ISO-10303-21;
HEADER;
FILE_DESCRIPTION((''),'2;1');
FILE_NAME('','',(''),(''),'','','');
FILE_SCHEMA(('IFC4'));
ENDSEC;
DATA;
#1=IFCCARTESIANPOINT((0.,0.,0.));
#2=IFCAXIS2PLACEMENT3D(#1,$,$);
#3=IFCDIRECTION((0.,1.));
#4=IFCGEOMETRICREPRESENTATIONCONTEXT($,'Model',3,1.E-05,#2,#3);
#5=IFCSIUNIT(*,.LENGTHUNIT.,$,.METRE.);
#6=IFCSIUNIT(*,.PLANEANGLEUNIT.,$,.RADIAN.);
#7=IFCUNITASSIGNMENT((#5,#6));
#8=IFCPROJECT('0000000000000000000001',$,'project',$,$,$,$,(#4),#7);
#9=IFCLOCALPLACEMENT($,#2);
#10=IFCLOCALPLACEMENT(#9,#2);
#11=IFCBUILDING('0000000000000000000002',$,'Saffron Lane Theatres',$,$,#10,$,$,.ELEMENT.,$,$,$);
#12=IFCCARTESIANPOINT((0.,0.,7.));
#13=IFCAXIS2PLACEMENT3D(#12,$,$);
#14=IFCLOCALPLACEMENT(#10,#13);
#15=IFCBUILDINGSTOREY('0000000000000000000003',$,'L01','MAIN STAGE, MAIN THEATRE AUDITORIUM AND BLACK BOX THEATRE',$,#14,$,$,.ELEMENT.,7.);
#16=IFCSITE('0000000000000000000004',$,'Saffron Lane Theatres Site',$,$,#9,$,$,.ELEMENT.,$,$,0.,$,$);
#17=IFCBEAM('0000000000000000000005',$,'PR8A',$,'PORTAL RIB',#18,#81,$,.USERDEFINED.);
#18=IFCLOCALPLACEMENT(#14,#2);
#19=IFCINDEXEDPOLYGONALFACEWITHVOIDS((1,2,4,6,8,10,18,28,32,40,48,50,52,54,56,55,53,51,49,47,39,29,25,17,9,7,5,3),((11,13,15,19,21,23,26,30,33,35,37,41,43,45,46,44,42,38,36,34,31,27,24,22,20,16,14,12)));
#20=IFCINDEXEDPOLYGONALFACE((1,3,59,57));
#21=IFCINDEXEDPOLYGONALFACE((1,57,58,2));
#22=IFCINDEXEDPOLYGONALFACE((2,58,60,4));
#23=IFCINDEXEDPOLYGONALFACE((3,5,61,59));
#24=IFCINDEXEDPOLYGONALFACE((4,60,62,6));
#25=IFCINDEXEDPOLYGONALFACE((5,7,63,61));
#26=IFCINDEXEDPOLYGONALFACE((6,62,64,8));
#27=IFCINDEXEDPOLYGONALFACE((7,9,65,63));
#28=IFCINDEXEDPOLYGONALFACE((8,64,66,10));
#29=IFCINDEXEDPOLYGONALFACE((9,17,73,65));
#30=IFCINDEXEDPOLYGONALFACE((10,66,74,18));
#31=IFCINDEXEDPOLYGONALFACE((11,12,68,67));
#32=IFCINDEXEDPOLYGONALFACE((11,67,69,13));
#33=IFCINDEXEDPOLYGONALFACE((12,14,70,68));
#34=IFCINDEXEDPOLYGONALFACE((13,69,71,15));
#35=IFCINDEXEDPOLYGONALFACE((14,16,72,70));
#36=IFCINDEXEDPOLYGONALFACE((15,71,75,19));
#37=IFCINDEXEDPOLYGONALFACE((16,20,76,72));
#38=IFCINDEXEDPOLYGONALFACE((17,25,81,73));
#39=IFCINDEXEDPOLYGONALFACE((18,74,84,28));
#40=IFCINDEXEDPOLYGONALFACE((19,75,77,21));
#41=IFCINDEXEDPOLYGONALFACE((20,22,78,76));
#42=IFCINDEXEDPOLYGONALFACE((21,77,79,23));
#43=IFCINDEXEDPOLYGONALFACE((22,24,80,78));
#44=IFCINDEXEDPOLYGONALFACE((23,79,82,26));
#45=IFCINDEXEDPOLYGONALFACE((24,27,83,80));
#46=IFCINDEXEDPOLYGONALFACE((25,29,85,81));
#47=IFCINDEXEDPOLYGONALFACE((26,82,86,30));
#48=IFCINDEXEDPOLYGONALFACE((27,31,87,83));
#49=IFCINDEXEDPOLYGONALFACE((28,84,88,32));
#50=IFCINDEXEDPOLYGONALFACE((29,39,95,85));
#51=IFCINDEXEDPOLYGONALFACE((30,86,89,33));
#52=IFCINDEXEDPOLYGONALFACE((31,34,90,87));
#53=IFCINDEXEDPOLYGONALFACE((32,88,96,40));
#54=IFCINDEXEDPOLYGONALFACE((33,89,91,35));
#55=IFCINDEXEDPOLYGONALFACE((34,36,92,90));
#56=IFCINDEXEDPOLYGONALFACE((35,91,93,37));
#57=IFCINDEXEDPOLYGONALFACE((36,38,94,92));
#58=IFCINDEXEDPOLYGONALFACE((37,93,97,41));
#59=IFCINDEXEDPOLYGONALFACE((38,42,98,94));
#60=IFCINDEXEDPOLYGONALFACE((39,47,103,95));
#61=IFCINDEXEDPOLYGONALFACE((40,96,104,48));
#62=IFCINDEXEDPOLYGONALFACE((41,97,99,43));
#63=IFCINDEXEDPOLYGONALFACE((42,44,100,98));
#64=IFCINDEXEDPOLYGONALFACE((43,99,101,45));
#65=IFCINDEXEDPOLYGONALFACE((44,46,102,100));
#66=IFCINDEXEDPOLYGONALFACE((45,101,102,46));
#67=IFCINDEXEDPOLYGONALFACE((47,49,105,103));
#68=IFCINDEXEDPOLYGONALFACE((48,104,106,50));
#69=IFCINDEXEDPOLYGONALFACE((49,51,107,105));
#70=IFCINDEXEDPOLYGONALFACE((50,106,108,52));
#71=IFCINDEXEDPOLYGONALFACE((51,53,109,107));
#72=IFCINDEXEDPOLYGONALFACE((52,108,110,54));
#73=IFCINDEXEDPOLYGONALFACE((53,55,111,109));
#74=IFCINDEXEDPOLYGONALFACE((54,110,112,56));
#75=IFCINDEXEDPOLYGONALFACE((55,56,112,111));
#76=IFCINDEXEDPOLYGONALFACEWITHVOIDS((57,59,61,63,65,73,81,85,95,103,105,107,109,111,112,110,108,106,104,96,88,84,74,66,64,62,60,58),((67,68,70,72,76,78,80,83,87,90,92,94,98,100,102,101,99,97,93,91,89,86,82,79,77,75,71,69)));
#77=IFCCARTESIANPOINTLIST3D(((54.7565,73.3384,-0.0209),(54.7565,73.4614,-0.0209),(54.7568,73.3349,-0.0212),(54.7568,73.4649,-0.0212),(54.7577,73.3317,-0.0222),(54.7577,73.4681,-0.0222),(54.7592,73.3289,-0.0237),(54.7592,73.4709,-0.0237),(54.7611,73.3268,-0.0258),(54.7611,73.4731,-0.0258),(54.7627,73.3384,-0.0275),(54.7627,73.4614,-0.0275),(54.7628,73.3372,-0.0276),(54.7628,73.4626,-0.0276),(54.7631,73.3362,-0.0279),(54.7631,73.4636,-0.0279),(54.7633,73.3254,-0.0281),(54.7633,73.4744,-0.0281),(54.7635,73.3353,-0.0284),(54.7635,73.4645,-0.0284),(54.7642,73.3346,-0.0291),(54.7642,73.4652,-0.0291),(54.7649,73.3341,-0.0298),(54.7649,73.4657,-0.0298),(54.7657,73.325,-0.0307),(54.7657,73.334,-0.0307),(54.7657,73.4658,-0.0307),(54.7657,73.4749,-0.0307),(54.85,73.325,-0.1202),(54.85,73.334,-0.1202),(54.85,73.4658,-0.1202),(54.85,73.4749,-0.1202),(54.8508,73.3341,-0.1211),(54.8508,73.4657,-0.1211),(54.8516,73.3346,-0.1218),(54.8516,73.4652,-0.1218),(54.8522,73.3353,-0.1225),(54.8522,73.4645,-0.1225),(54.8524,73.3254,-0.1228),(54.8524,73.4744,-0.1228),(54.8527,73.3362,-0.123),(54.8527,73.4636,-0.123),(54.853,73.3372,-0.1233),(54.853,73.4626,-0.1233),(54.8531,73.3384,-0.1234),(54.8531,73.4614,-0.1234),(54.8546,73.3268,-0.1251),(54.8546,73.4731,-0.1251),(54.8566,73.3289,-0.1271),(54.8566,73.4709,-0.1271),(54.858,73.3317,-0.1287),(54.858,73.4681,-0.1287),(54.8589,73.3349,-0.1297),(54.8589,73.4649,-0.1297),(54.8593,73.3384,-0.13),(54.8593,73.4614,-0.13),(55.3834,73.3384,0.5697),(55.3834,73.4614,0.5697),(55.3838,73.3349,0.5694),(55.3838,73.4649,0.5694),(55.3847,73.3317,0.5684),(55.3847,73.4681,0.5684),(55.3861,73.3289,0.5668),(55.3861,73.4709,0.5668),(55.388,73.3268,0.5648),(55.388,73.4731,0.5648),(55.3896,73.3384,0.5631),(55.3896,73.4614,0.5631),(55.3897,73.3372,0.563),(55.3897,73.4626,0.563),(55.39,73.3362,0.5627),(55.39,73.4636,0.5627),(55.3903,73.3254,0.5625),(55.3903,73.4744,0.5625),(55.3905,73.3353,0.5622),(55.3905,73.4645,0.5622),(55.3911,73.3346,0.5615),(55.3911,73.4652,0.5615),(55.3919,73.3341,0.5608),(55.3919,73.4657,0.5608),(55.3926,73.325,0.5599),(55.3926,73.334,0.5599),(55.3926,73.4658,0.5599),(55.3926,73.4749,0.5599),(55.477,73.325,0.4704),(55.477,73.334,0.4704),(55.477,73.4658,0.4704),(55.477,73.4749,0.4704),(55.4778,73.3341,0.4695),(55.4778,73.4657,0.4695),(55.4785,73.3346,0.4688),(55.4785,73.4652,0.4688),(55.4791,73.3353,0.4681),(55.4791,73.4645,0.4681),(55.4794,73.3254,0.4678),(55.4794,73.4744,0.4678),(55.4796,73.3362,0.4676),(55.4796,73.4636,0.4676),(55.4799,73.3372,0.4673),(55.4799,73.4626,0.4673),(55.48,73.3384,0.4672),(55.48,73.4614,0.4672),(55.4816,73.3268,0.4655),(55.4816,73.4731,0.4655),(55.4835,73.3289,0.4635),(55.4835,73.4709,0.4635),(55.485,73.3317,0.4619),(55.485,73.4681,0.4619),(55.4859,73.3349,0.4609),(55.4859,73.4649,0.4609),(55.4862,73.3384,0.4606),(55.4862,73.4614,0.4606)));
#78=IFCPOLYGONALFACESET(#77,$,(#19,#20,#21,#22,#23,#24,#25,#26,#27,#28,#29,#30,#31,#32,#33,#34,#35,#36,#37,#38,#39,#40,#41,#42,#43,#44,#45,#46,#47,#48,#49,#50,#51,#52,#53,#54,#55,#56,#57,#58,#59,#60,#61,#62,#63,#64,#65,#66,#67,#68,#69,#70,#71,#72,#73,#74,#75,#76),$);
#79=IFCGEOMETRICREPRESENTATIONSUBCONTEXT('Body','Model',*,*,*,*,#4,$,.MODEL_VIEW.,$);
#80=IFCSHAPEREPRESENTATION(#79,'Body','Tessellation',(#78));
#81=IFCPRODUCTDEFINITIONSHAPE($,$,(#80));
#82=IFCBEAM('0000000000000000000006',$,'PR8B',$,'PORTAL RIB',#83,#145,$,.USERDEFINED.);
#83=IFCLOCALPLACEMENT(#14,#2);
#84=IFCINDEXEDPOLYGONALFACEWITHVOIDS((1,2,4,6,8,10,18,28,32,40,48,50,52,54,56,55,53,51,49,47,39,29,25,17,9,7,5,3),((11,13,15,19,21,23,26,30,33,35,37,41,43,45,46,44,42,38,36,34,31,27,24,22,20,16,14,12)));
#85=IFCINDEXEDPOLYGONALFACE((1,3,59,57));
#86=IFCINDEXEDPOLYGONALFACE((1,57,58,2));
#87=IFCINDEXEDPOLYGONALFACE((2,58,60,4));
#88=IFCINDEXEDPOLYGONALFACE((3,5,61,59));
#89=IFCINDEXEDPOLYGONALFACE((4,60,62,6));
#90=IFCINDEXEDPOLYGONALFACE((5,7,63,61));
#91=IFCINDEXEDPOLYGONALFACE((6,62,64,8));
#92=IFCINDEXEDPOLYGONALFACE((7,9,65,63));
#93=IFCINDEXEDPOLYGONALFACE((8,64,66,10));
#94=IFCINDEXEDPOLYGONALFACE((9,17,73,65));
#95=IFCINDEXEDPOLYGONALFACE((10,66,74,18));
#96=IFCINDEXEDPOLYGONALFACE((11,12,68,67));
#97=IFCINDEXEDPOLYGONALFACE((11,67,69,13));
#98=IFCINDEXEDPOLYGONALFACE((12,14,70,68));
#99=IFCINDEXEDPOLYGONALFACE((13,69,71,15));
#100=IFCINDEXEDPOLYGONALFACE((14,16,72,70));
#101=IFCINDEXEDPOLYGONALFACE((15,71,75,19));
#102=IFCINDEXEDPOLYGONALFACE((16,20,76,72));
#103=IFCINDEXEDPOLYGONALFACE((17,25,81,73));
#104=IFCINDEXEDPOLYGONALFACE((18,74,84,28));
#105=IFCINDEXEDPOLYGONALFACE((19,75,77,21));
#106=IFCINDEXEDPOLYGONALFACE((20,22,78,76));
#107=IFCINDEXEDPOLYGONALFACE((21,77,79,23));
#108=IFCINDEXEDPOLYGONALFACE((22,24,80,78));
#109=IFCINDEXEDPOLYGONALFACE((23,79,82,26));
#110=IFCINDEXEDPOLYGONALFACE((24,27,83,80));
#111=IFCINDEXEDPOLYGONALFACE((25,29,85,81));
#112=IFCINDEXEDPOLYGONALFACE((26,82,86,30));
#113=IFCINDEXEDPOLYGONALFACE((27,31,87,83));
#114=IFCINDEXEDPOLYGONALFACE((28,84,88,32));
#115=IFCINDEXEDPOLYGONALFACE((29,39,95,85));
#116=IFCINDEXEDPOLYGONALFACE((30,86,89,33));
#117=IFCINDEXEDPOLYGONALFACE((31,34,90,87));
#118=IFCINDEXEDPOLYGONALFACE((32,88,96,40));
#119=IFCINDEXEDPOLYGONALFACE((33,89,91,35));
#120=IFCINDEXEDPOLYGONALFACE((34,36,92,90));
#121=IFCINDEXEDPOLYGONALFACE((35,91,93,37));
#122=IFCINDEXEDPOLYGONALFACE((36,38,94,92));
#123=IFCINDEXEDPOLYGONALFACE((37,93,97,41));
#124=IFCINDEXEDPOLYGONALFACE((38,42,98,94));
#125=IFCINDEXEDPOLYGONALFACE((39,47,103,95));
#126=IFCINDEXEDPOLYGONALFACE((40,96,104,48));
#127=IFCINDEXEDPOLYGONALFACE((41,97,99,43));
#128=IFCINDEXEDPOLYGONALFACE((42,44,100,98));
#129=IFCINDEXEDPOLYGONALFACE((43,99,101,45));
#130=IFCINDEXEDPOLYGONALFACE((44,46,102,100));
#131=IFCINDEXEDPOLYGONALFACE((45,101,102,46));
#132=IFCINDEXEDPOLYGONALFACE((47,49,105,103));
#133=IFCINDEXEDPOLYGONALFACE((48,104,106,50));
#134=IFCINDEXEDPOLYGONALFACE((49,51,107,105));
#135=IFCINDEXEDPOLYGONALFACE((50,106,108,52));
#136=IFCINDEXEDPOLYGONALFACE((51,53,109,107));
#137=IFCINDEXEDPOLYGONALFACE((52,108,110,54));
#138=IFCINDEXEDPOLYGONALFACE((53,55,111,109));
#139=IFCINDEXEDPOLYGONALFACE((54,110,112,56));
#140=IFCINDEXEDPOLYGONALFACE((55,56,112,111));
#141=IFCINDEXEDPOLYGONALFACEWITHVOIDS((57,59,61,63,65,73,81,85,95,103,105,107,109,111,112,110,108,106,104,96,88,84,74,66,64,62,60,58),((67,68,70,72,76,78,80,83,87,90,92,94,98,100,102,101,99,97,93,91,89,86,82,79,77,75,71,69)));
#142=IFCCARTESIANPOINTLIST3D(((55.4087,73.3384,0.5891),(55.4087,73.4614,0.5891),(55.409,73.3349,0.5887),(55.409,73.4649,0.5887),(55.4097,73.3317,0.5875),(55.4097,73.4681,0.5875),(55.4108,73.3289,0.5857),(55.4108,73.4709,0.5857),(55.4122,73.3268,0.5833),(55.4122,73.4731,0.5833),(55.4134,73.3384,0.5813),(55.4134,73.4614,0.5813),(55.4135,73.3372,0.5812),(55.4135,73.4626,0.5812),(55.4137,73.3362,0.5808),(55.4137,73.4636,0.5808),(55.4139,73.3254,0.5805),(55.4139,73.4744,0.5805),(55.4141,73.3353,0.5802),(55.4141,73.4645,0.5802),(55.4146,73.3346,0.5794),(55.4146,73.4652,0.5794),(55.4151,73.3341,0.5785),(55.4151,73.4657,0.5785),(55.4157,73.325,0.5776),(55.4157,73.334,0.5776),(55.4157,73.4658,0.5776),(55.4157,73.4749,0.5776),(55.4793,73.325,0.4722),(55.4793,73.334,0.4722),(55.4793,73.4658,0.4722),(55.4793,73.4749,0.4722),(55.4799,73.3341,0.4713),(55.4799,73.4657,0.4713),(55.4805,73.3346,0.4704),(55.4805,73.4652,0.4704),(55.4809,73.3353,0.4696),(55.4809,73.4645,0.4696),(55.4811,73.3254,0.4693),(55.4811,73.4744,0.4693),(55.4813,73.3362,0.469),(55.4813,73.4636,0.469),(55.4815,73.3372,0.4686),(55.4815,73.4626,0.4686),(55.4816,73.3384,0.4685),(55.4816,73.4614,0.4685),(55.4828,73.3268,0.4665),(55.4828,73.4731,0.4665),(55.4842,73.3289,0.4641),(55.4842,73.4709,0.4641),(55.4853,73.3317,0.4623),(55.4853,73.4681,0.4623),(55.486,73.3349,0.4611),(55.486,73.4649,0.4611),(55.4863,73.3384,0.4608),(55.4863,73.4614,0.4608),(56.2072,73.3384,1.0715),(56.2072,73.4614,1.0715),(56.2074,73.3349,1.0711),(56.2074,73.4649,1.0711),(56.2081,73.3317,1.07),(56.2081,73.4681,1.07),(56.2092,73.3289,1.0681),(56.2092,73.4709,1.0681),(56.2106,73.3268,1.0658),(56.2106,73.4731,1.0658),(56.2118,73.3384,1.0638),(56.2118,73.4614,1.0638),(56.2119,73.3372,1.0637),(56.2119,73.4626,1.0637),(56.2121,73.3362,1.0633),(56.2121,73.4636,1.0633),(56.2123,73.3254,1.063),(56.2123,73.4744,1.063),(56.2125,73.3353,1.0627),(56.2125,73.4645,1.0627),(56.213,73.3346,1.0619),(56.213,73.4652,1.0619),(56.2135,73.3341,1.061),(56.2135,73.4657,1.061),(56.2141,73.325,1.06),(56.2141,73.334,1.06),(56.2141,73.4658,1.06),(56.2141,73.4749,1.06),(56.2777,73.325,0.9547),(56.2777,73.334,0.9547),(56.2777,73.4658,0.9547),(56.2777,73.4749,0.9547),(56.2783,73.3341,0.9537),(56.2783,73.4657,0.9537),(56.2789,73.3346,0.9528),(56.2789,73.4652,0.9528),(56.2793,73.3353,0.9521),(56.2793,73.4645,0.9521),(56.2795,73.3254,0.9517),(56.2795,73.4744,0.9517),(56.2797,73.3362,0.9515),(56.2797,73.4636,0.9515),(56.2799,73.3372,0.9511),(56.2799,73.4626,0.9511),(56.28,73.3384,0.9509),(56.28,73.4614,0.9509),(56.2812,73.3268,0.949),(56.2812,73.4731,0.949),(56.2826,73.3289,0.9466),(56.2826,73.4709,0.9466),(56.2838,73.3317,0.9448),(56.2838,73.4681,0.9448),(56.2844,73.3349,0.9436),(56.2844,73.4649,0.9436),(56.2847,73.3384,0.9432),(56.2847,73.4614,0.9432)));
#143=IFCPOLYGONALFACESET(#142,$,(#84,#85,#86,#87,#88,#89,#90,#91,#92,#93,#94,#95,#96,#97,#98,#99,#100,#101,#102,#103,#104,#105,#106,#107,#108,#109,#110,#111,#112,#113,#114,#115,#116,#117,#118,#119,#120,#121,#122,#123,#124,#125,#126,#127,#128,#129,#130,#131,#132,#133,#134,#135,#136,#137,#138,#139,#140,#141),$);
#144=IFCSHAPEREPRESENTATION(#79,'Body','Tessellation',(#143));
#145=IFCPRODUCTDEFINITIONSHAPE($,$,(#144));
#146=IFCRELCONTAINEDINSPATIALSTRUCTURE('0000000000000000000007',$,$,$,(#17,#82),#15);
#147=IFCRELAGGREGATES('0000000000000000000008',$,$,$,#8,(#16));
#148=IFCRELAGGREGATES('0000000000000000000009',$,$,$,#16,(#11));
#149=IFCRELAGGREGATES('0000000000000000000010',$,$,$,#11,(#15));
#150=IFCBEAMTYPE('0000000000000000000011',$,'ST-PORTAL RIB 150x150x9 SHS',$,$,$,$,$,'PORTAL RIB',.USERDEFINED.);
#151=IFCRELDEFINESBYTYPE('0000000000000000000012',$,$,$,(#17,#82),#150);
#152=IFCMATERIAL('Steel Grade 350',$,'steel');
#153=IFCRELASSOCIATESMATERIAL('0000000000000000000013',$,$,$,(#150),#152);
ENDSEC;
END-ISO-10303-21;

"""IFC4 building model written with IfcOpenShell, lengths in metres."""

from ifc_helpers import new_model, si_unit, direction, frame, origin, origin_2d, place, context, subcontext, project, spatial, hollow_rectangle, extrude, material, material_profile, profile_set, type_object, element, save


model = new_model("IFC4")

# Units and contexts
model_context = context("Model", 3, precision=1e-05, world=origin(), true_north=direction((0.0, 1.0)))
body_context = subcontext(model_context, "Body", "Model", "MODEL_VIEW")
ifc_project = project(units=[si_unit("LENGTHUNIT", "METRE"), si_unit("PLANEANGLEUNIT", "RADIAN")], contexts=[model_context])

# Site, building, storey
site_placement = place(None, origin())
site = spatial("IfcSite", under=ifc_project, at=site_placement, Name="Saffron Lane Theatres Site", CompositionType="ELEMENT", RefElevation=0.0)
building_placement = place(site_placement, origin())
building = spatial("IfcBuilding", under=site, at=building_placement, Name="Saffron Lane Theatres", CompositionType="ELEMENT")
storey_placement = place(building_placement, frame((0.0, 0.0, 7.0)))
storey = spatial("IfcBuildingStorey", under=building, at=storey_placement, Name="L01", Description="MAIN STAGE, MAIN THEATRE AUDITORIUM AND BLACK BOX THEATRE", CompositionType="ELEMENT", Elevation=7.0)

# Beams
ifc_material_1 = material(Name="Steel Grade 350", Category="steel")
ifc_material_profile_1 = material_profile(ifc_material_1, hollow_rectangle(XDim=0.1499, YDim=0.1499, WallThickness=0.009, InnerFilletRadius=0.0044, OuterFilletRadius=0.0134, at=origin_2d()))
ifc_profile_set_1 = profile_set([ifc_material_profile_1], Name="Steel Grade 350")
beam_type_1 = type_object("IfcBeamType", Name="ST-PORTAL RIB 150x150x9 SHS", ElementType="PORTAL RIB", PredefinedType="USERDEFINED", material=ifc_profile_set_1)
beam_1_placement = place(storey_placement, frame((54.8079, 73.3999, -0.0754), z_axis=(0.727909, 0.0, 0.685674), x_axis=(0.0, 1.0, 0.0)))
element("IfcBeam", 1, at=beam_1_placement, inside=storey, type_object=beam_type_1, Name="PR8A", ObjectType="PORTAL RIB", PredefinedType="USERDEFINED", context=body_context, shape_type="SweptSolid", body=[
    extrude(hollow_rectangle(XDim=0.1499, YDim=0.1499, WallThickness=0.009, InnerFilletRadius=0.0044, OuterFilletRadius=0.0134, at=origin_2d()), origin(), (0.0, 0.0, 1.0), 0.8613),
])
beam_2_placement = place(storey_placement, frame((55.4475, 73.3999, 0.5249), z_axis=(0.855872, 0.0, 0.517188), x_axis=(0.0, 1.0, 0.0)))
element("IfcBeam", 2, at=beam_2_placement, inside=storey, type_object=beam_type_1, Name="PR8B", ObjectType="PORTAL RIB", PredefinedType="USERDEFINED", context=body_context, shape_type="SweptSolid", body=[
    extrude(hollow_rectangle(XDim=0.1499, YDim=0.1499, WallThickness=0.009, InnerFilletRadius=0.0044, OuterFilletRadius=0.0134, at=origin_2d()), origin(), (0.0, 0.0, 1.0), 0.9329),
])

save(model, "model.ifc")
